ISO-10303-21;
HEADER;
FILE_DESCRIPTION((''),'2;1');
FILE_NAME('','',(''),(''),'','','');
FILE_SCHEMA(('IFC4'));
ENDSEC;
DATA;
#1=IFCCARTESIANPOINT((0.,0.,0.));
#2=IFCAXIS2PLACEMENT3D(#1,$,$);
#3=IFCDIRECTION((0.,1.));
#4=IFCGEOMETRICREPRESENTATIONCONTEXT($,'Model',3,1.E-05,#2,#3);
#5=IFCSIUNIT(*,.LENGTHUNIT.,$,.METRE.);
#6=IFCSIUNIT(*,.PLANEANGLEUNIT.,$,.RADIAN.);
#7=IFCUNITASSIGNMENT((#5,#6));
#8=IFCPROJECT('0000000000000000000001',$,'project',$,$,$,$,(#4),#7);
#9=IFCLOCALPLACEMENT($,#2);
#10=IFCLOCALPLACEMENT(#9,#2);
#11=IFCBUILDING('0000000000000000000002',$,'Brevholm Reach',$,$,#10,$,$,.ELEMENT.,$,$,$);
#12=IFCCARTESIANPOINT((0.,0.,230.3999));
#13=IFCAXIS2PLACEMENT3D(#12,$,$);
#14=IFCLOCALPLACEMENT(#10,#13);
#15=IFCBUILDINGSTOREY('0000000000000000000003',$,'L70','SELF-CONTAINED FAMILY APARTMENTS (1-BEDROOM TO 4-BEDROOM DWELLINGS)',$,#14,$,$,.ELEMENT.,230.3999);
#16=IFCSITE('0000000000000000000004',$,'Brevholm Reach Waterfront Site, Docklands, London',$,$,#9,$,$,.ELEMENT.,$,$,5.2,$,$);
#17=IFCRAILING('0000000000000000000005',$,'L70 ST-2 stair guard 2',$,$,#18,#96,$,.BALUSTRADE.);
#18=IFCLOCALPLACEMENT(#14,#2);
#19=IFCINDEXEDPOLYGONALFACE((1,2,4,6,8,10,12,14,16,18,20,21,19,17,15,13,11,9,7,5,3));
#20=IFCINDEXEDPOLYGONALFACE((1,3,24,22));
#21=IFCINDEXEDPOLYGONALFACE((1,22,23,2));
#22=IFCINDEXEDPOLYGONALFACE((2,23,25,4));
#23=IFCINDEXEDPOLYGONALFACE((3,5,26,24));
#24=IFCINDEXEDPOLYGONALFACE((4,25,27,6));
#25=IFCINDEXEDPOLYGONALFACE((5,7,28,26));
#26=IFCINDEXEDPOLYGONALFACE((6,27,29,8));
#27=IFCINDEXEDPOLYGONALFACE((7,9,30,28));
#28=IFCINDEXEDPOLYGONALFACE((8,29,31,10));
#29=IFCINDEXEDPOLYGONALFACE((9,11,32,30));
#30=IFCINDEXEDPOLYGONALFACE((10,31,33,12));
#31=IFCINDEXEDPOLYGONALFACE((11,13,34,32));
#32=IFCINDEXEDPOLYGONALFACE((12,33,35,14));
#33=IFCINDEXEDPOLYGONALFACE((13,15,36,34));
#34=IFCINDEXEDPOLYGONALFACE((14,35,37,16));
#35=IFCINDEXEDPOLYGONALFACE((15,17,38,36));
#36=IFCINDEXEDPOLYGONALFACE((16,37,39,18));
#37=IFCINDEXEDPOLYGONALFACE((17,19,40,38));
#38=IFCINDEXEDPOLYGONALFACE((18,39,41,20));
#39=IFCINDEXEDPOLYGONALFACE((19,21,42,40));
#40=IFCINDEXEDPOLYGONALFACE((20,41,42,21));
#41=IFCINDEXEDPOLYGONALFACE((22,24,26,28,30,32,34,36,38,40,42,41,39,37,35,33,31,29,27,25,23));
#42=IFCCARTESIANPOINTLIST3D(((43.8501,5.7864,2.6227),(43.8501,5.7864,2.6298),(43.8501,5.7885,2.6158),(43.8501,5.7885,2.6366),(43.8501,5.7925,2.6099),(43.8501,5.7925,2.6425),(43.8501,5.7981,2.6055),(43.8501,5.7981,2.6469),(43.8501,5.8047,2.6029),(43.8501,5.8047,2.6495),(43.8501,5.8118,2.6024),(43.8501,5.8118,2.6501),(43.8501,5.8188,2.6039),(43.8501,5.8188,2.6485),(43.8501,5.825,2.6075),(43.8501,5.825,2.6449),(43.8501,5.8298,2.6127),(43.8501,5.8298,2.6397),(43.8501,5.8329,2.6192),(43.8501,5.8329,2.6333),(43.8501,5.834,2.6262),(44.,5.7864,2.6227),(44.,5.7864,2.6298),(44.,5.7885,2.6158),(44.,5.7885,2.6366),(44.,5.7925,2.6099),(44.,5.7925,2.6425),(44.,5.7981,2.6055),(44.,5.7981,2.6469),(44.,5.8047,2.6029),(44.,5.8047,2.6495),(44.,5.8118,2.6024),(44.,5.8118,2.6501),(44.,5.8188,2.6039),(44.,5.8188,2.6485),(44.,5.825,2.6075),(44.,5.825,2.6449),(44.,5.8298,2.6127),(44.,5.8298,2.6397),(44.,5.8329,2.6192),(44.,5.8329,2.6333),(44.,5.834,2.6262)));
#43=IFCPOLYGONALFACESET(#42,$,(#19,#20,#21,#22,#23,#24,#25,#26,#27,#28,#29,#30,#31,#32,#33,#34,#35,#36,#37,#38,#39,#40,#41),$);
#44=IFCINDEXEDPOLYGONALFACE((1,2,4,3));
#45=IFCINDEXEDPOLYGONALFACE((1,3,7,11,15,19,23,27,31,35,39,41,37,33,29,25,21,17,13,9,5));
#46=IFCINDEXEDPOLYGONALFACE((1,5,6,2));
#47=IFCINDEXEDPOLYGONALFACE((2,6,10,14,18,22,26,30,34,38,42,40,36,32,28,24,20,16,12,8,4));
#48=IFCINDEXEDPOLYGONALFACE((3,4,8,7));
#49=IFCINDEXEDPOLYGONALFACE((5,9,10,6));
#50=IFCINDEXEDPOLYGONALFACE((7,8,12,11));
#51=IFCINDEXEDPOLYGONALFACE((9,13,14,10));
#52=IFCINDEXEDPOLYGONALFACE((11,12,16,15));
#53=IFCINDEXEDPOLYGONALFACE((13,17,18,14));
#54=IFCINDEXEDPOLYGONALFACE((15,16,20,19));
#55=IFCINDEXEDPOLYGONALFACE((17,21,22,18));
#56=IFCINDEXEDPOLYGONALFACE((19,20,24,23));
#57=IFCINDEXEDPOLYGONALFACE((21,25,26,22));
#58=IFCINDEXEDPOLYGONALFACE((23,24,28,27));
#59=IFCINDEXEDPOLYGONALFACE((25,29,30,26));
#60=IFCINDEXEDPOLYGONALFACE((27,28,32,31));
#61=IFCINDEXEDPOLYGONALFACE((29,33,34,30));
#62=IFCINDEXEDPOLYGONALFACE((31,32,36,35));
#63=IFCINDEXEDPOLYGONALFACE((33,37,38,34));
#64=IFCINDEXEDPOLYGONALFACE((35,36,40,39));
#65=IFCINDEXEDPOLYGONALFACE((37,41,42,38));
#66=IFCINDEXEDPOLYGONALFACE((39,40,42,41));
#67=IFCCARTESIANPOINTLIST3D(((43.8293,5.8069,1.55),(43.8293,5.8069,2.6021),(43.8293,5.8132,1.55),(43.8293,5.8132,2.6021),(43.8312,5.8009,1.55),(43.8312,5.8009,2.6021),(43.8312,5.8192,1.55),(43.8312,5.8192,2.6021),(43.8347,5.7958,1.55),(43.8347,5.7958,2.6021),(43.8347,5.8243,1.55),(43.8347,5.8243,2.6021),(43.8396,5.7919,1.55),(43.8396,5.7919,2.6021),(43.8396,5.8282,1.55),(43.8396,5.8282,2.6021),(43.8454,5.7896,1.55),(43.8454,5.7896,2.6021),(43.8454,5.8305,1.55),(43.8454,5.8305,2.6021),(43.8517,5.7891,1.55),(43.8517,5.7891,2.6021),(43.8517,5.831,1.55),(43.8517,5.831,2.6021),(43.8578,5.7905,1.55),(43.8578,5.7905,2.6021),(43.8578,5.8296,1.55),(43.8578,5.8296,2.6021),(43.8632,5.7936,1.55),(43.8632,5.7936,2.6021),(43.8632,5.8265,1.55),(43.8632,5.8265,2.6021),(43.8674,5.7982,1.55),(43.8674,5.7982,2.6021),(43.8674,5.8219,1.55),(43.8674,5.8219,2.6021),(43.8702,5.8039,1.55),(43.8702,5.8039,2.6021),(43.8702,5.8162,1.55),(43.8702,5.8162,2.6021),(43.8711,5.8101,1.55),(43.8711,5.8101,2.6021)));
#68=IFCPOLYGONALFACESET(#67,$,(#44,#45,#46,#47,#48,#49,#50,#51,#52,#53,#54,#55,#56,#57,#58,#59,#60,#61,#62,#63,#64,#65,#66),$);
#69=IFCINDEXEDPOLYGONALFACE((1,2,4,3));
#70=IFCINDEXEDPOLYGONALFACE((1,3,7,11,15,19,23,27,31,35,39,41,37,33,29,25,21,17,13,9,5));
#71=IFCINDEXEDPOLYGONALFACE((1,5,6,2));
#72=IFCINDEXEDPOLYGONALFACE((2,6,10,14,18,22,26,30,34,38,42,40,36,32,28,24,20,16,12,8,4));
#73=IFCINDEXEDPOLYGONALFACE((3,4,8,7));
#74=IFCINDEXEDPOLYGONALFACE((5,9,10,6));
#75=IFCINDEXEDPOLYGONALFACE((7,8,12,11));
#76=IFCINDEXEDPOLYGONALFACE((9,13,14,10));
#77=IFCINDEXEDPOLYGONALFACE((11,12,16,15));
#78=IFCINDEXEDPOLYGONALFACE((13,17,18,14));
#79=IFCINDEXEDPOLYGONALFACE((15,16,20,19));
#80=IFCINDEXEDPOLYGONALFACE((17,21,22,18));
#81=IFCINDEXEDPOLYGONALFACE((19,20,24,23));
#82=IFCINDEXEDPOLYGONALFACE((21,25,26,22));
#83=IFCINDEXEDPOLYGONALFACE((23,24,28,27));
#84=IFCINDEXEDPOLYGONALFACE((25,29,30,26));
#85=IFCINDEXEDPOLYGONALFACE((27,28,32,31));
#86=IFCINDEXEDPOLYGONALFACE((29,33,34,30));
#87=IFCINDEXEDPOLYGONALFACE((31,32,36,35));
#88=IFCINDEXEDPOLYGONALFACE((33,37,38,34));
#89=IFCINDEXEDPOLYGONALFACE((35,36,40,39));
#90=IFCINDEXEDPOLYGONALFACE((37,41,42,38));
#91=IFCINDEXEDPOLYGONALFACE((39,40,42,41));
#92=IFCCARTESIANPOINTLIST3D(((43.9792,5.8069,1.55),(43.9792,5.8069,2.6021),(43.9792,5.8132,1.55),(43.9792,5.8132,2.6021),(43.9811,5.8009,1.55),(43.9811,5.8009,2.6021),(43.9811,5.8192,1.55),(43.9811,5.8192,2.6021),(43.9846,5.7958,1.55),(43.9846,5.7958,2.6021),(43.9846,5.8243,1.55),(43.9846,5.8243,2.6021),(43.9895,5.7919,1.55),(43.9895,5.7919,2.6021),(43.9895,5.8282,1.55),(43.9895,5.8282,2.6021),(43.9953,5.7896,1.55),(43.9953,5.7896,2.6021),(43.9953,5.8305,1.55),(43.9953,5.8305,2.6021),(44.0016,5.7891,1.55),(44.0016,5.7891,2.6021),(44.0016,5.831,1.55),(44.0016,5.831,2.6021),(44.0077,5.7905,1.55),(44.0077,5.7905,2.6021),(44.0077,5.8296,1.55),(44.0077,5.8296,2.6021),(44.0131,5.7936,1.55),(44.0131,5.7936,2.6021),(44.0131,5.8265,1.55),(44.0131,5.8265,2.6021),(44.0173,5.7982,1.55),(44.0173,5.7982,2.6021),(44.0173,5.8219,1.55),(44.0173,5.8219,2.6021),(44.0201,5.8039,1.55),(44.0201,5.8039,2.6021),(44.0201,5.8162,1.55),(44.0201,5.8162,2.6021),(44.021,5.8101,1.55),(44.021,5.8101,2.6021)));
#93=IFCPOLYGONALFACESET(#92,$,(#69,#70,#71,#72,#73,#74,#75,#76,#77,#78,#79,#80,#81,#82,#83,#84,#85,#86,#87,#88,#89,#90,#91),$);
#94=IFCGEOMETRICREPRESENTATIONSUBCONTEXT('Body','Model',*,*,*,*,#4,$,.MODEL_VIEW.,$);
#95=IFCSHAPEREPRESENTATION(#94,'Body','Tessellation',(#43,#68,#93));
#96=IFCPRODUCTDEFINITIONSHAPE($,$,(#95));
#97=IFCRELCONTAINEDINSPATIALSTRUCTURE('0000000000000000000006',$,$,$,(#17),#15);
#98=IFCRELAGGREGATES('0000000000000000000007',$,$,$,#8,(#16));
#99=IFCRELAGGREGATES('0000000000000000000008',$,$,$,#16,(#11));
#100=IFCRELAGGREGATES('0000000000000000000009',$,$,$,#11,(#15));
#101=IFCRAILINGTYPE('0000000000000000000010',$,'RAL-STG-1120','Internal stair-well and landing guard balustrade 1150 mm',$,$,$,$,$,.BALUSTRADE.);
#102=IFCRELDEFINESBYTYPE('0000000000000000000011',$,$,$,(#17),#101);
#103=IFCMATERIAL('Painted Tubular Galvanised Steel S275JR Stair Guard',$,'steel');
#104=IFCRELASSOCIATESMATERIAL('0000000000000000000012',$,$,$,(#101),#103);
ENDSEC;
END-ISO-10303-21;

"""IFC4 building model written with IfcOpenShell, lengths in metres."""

from ifc_helpers import new_model, si_unit, direction, frame, origin, origin_2d, place, context, subcontext, project, spatial, circle, extrude, material, type_object, element, save


model = new_model("IFC4")

# Units and contexts
model_context = context("Model", 3, precision=1e-05, world=origin(), true_north=direction((0.0, 1.0)))
body_context = subcontext(model_context, "Body", "Model", "MODEL_VIEW")
ifc_project = project(units=[si_unit("LENGTHUNIT", "METRE"), si_unit("PLANEANGLEUNIT", "RADIAN")], contexts=[model_context])

# Site, building, storey
site_placement = place(None, origin())
site = spatial("IfcSite", under=ifc_project, at=site_placement, Name="Brevholm Reach Waterfront Site, Docklands, London", CompositionType="ELEMENT", RefElevation=5.2)
building_placement = place(site_placement, origin())
building = spatial("IfcBuilding", under=site, at=building_placement, Name="Brevholm Reach", CompositionType="ELEMENT")
storey_placement = place(building_placement, frame((0.0, 0.0, 230.3999)))
storey = spatial("IfcBuildingStorey", under=building, at=storey_placement, Name="L70", Description="SELF-CONTAINED FAMILY APARTMENTS (1-BEDROOM TO 4-BEDROOM DWELLINGS)", CompositionType="ELEMENT", Elevation=230.3999)

# Railing
ifc_material_1 = material(Name="Painted Tubular Galvanised Steel S275JR Stair Guard", Category="steel")
railing_type_1 = type_object("IfcRailingType", Name="RAL-STG-1120", Description="Internal stair-well and landing guard balustrade 1150 mm", PredefinedType="BALUSTRADE", material=ifc_material_1)
railing_1_placement = place(storey_placement, frame((43.8501, 5.8101, 1.55)))
element("IfcRailing", 1, at=railing_1_placement, inside=storey, type_object=railing_type_1, Name="L70 ST-2 stair guard 2", PredefinedType="BALUSTRADE", context=body_context, shape_type="SweptSolid", body=[
    extrude(circle(Radius=0.0239, at=origin_2d()), frame((0.0, 0.0, 1.0762), z_axis=(1.0, 0.0, 0.0), x_axis=(0.0, 1.0, 0.0)), (0.0, 0.0, 1.0), 0.1499),
    extrude(circle(Radius=0.021, at=origin_2d()), origin(), (0.0, 0.0, 1.0), 1.052),
    extrude(circle(Radius=0.021, at=origin_2d()), frame((0.1499, 0.0, 0.0)), (0.0, 0.0, 1.0), 1.052),
])

save(model, "model.ifc")
